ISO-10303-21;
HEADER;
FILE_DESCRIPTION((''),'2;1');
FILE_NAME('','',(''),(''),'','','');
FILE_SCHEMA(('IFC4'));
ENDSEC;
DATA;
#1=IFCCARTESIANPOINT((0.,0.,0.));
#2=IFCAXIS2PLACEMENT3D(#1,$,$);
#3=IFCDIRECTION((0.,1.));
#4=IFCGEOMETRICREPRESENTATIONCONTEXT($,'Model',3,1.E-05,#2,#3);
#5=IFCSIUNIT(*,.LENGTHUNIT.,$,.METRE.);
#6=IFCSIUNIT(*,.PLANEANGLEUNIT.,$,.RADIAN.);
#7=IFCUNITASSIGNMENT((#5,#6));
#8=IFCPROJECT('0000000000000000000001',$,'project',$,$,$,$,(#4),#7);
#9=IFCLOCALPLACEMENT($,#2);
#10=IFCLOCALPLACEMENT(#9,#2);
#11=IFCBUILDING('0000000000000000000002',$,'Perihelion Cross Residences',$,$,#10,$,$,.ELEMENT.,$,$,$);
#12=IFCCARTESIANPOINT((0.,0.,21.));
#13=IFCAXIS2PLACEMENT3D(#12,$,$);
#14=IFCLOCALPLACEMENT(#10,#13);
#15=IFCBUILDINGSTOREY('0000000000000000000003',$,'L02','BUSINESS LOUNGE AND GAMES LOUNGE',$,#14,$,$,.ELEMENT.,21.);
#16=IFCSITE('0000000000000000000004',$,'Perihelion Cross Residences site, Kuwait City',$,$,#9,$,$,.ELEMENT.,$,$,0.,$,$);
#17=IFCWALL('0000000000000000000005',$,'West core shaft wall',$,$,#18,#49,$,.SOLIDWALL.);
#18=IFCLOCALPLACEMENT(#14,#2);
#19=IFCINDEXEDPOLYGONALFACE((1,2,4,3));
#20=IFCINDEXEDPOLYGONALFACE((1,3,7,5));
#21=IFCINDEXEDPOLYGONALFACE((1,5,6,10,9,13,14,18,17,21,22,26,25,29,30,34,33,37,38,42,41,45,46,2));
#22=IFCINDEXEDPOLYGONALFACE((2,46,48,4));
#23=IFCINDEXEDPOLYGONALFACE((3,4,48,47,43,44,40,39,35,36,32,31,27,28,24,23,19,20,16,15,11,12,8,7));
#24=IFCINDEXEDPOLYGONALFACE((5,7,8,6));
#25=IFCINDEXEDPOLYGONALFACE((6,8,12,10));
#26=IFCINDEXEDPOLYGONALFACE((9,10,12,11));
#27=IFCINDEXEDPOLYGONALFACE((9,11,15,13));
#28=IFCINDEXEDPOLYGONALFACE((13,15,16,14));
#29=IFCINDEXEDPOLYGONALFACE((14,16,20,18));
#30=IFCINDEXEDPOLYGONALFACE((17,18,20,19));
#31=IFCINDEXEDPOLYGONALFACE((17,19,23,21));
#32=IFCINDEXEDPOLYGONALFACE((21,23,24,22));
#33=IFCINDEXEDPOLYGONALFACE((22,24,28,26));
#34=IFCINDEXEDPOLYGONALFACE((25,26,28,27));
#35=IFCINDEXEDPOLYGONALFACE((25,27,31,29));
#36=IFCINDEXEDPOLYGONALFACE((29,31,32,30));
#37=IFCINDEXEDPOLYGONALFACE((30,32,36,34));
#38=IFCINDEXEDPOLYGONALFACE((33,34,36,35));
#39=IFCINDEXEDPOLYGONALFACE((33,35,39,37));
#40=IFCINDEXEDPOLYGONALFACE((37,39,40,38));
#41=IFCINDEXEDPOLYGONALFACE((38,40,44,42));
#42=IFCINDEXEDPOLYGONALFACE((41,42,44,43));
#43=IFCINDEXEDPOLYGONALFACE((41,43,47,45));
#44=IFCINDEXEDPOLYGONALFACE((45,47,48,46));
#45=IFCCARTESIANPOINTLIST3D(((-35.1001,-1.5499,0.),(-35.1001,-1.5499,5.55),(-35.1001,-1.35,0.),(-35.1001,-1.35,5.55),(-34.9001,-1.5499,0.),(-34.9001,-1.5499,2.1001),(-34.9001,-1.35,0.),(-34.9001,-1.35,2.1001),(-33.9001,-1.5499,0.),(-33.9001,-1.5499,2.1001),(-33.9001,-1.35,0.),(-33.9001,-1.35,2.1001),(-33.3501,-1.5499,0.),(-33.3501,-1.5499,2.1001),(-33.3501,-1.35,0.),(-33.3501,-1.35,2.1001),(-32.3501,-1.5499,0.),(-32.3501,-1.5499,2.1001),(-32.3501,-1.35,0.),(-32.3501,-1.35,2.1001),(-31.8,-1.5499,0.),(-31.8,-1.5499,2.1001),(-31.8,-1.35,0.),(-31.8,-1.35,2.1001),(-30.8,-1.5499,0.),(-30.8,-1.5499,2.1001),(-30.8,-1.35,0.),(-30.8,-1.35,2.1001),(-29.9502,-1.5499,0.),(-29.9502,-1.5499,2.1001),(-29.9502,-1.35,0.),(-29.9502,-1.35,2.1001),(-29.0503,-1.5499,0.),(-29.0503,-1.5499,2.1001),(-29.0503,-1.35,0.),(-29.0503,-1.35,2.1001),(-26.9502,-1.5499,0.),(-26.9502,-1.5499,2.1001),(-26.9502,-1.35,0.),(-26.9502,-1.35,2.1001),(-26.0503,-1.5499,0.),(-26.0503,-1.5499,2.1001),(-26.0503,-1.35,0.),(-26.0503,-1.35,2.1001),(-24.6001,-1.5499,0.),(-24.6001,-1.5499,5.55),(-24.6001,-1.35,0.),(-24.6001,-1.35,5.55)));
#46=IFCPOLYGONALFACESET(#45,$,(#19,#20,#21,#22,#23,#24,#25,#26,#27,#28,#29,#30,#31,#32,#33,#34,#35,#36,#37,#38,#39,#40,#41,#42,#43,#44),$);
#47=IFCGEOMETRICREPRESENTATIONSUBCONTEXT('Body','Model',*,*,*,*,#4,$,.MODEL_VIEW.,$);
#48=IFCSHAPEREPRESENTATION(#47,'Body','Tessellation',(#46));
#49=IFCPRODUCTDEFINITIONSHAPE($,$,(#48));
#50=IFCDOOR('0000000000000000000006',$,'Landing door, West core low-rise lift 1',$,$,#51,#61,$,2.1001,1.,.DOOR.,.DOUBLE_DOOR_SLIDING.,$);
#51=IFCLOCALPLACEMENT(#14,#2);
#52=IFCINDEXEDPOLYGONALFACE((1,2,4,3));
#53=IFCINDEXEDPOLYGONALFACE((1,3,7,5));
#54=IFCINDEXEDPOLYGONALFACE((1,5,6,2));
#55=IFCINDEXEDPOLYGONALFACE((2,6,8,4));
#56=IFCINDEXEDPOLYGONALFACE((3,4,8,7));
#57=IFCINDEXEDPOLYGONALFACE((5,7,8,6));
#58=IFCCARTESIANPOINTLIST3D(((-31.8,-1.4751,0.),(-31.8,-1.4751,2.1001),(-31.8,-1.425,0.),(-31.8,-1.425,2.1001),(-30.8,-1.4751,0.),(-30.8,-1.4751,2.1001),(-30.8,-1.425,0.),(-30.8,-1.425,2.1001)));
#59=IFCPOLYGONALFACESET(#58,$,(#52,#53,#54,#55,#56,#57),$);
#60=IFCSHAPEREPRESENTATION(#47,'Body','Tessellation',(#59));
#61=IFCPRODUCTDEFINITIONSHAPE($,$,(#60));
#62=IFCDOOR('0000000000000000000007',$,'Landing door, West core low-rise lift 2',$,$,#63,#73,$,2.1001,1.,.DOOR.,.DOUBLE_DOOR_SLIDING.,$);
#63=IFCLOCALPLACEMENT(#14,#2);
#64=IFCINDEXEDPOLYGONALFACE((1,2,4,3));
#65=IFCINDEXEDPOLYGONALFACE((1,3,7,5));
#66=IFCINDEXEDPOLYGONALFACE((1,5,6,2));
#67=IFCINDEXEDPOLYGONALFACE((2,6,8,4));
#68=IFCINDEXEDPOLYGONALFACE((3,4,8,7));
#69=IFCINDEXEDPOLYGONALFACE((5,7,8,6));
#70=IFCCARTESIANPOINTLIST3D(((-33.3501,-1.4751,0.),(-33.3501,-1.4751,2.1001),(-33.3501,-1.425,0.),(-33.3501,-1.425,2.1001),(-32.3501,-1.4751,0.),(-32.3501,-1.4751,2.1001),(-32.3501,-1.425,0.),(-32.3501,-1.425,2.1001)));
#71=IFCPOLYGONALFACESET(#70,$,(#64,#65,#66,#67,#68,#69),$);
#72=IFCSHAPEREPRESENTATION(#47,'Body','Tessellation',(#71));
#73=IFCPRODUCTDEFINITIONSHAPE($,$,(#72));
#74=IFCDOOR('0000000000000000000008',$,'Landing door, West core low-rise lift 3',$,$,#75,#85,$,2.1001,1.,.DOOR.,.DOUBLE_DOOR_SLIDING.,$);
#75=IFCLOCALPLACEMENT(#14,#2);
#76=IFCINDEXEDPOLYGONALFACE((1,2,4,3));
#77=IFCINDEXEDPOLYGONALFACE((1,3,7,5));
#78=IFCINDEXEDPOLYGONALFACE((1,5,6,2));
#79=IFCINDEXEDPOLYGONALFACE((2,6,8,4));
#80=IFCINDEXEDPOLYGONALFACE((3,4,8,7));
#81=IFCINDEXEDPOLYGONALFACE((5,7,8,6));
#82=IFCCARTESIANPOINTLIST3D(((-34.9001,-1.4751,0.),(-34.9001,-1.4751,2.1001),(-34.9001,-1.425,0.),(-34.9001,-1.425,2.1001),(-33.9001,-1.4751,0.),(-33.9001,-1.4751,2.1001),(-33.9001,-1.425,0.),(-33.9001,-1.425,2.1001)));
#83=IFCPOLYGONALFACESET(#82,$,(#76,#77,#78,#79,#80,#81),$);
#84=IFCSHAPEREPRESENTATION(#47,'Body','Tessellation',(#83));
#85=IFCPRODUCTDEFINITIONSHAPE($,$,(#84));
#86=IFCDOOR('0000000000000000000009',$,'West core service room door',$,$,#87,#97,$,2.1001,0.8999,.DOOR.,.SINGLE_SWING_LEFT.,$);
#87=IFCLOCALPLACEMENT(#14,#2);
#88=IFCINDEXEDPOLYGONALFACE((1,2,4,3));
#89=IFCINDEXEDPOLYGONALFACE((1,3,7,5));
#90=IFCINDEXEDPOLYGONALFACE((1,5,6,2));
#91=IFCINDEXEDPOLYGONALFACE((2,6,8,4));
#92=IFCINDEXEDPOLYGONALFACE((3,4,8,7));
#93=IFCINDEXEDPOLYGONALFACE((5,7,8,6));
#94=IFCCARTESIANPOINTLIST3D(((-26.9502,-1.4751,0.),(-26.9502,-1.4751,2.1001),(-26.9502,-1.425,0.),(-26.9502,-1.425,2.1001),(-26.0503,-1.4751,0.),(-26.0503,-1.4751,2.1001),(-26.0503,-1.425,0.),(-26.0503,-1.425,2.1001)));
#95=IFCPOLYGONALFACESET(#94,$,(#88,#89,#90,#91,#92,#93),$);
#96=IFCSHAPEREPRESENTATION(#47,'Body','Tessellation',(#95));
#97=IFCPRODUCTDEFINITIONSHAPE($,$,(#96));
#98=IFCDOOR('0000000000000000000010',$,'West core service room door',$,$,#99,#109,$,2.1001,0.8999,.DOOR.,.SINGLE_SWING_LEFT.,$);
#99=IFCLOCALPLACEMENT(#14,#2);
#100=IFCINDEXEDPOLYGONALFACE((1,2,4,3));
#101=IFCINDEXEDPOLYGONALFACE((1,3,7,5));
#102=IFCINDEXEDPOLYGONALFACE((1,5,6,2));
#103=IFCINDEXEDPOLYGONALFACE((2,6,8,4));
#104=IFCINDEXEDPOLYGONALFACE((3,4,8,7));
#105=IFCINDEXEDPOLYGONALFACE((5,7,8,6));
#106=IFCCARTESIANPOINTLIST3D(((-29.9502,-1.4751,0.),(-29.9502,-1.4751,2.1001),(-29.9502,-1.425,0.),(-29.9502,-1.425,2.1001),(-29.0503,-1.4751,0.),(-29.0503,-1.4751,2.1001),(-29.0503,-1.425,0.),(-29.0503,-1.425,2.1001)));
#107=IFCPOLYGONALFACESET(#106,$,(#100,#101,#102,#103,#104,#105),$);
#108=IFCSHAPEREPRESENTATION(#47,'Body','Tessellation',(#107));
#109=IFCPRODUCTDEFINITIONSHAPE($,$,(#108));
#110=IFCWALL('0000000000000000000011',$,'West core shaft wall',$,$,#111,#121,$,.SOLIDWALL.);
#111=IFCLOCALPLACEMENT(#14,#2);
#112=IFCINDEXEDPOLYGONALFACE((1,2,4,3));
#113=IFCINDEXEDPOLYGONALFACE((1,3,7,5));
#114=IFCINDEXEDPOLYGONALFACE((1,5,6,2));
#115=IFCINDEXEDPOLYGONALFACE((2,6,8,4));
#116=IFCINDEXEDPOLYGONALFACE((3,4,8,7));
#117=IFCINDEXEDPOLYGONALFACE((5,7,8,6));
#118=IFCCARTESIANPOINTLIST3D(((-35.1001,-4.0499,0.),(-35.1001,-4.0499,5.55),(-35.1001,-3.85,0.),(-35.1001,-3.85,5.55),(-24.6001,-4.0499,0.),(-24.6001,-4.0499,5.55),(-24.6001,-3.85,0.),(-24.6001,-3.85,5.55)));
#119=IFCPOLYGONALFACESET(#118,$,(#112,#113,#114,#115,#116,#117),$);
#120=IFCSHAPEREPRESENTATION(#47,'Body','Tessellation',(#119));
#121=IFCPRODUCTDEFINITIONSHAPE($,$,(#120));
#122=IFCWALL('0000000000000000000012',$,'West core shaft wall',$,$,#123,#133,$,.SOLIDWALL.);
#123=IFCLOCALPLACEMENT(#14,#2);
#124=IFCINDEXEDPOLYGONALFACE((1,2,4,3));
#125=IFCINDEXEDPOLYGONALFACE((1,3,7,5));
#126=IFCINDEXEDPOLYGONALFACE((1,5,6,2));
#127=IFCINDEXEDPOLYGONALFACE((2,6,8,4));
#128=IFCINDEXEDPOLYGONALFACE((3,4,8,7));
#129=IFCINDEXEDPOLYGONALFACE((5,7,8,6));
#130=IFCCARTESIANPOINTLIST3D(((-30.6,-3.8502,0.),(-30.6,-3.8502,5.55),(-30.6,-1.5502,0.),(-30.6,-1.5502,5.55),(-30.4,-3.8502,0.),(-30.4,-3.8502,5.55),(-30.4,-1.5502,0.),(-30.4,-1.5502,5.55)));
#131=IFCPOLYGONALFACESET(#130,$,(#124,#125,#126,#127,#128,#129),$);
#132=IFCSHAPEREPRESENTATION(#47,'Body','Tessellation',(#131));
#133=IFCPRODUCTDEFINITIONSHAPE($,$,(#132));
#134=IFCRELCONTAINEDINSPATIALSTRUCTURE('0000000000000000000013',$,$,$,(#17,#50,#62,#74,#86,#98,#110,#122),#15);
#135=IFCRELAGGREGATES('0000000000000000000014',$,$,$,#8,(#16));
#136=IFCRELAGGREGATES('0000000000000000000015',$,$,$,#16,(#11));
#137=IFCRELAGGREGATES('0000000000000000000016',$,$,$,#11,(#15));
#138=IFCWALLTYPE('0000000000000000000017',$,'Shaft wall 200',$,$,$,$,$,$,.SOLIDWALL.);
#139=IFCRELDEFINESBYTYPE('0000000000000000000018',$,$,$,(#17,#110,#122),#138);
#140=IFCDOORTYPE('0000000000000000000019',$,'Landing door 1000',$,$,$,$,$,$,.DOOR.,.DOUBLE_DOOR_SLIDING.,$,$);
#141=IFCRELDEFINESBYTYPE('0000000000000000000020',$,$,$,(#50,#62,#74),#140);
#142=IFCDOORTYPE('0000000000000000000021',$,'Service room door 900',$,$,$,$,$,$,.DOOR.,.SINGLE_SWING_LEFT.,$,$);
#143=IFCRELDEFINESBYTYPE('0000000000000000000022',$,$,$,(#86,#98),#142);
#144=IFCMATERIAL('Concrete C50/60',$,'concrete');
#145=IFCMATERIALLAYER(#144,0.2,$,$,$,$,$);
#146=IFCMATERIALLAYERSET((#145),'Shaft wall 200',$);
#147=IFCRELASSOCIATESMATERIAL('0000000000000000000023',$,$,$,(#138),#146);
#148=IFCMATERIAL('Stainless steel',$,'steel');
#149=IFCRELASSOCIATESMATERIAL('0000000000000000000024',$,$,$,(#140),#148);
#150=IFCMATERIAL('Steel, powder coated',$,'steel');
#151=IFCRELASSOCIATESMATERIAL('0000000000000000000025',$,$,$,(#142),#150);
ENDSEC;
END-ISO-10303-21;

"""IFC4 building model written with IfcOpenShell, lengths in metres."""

from ifc_helpers import new_model, si_unit, direction, frame, frame_2d, origin, place, context, subcontext, project, spatial, rectangle, extrude, material, layer, layer_set, type_object, element, fill, save


model = new_model("IFC4")

# Units and contexts
model_context = context("Model", 3, precision=1e-05, world=origin(), true_north=direction((0.0, 1.0)))
body_context = subcontext(model_context, "Body", "Model", "MODEL_VIEW")
ifc_project = project(units=[si_unit("LENGTHUNIT", "METRE"), si_unit("PLANEANGLEUNIT", "RADIAN")], contexts=[model_context])

# Site, building, storey
site_placement = place(None, origin())
site = spatial("IfcSite", under=ifc_project, at=site_placement, Name="Perihelion Cross Residences site, Kuwait City", CompositionType="ELEMENT", RefElevation=0.0)
building_placement = place(site_placement, origin())
building = spatial("IfcBuilding", under=site, at=building_placement, Name="Perihelion Cross Residences", CompositionType="ELEMENT")
storey_placement = place(building_placement, frame((0.0, 0.0, 21.0)))
storey = spatial("IfcBuildingStorey", under=building, at=storey_placement, Name="L02", Description="BUSINESS LOUNGE AND GAMES LOUNGE", CompositionType="ELEMENT", Elevation=21.0)

# Wall, openings, doors
ifc_material_1 = material(Name="Concrete C50/60", Category="concrete")
ifc_layer_1 = layer(ifc_material_1, 0.2)
ifc_layer_set_1 = layer_set([ifc_layer_1], Name="Shaft wall 200")
wall_type_1 = type_object("IfcWallType", Name="Shaft wall 200", PredefinedType="SOLIDWALL", material=ifc_layer_set_1)
wall_1_placement = place(storey_placement, frame((-35.1001, -1.45, 0.0), z_axis=(0.0, 0.0, 1.0), x_axis=(1.0, 0.0, 0.0)))
wall_1 = element("IfcWall", 1, at=wall_1_placement, inside=storey, type_object=wall_type_1, Name="West core shaft wall", PredefinedType="SOLIDWALL", context=body_context, shape_type="SweptSolid", body=[
    extrude(rectangle(XDim=10.5, YDim=0.2, at=frame_2d((5.25, 0.0))), origin(), (0.0, 0.0, 1.0), 5.55),
])
opening_1_placement = place(wall_1_placement, frame((3.3, 0.0, 0.0)))
opening_1 = element("IfcOpeningElement", 2, at=opening_1_placement, cuts=wall_1, PredefinedType="OPENING", context=body_context, shape_type="SweptSolid", body=[
    extrude(rectangle(XDim=1.0, YDim=2.1001, at=frame_2d((0.5, 1.05))), frame((0.0, 0.1099, 0.0), z_axis=(0.0, -1.0, 0.0), x_axis=(1.0, 0.0, 0.0)), (0.0, 0.0, 1.0), 0.22),
])
opening_2_placement = place(wall_1_placement, frame((1.75, 0.0, 0.0)))
opening_2 = element("IfcOpeningElement", 3, at=opening_2_placement, cuts=wall_1, PredefinedType="OPENING", context=body_context, shape_type="SweptSolid", body=[
    extrude(rectangle(XDim=1.0, YDim=2.1001, at=frame_2d((0.5, 1.05))), frame((0.0, 0.1099, 0.0), z_axis=(0.0, -1.0, 0.0), x_axis=(1.0, 0.0, 0.0)), (0.0, 0.0, 1.0), 0.22),
])
opening_3_placement = place(wall_1_placement, frame((0.2, 0.0, 0.0)))
opening_3 = element("IfcOpeningElement", 4, at=opening_3_placement, cuts=wall_1, PredefinedType="OPENING", context=body_context, shape_type="SweptSolid", body=[
    extrude(rectangle(XDim=1.0, YDim=2.1001, at=frame_2d((0.5, 1.05))), frame((0.0, 0.1099, 0.0), z_axis=(0.0, -1.0, 0.0), x_axis=(1.0, 0.0, 0.0)), (0.0, 0.0, 1.0), 0.22),
])
opening_4_placement = place(wall_1_placement, frame((8.1499, 0.0, 0.0)))
opening_4 = element("IfcOpeningElement", 5, at=opening_4_placement, cuts=wall_1, PredefinedType="OPENING", context=body_context, shape_type="SweptSolid", body=[
    extrude(rectangle(XDim=0.8999, YDim=2.1001, at=frame_2d((0.45, 1.05))), frame((0.0, 0.1099, 0.0), z_axis=(0.0, -1.0, 0.0), x_axis=(1.0, 0.0, 0.0)), (0.0, 0.0, 1.0), 0.22),
])
opening_5_placement = place(wall_1_placement, frame((5.1499, 0.0, 0.0)))
opening_5 = element("IfcOpeningElement", 6, at=opening_5_placement, cuts=wall_1, PredefinedType="OPENING", context=body_context, shape_type="SweptSolid", body=[
    extrude(rectangle(XDim=0.8999, YDim=2.1001, at=frame_2d((0.45, 1.05))), frame((0.0, 0.1099, 0.0), z_axis=(0.0, -1.0, 0.0), x_axis=(1.0, 0.0, 0.0)), (0.0, 0.0, 1.0), 0.22),
])
ifc_material_2 = material(Name="Stainless steel", Category="steel")
door_type_1 = type_object("IfcDoorType", Name="Landing door 1000", OperationType="DOUBLE_DOOR_SLIDING", PredefinedType="DOOR", material=ifc_material_2)
door_1_placement = place(opening_1_placement, origin())
door_1 = element("IfcDoor", 7, at=door_1_placement, inside=storey, type_object=door_type_1, Name="Landing door, West core low-rise lift 1", OperationType="DOUBLE_DOOR_SLIDING", OverallHeight=2.1001, OverallWidth=1.0, PredefinedType="DOOR", context=body_context, shape_type="SweptSolid", body=[
    extrude(rectangle(XDim=1.0, YDim=2.1001, at=frame_2d((0.5, 1.05))), frame((0.0, 0.0249, 0.0), z_axis=(0.0, -1.0, 0.0), x_axis=(1.0, 0.0, 0.0)), (0.0, 0.0, 1.0), 0.05),
])
fill(opening_1, door_1)
door_2_placement = place(opening_2_placement, origin())
door_2 = element("IfcDoor", 8, at=door_2_placement, inside=storey, type_object=door_type_1, Name="Landing door, West core low-rise lift 2", OperationType="DOUBLE_DOOR_SLIDING", OverallHeight=2.1001, OverallWidth=1.0, PredefinedType="DOOR", context=body_context, shape_type="SweptSolid", body=[
    extrude(rectangle(XDim=1.0, YDim=2.1001, at=frame_2d((0.5, 1.05))), frame((0.0, 0.0249, 0.0), z_axis=(0.0, -1.0, 0.0), x_axis=(1.0, 0.0, 0.0)), (0.0, 0.0, 1.0), 0.05),
])
fill(opening_2, door_2)
door_3_placement = place(opening_3_placement, origin())
door_3 = element("IfcDoor", 9, at=door_3_placement, inside=storey, type_object=door_type_1, Name="Landing door, West core low-rise lift 3", OperationType="DOUBLE_DOOR_SLIDING", OverallHeight=2.1001, OverallWidth=1.0, PredefinedType="DOOR", context=body_context, shape_type="SweptSolid", body=[
    extrude(rectangle(XDim=1.0, YDim=2.1001, at=frame_2d((0.5, 1.05))), frame((0.0, 0.0249, 0.0), z_axis=(0.0, -1.0, 0.0), x_axis=(1.0, 0.0, 0.0)), (0.0, 0.0, 1.0), 0.05),
])
fill(opening_3, door_3)
ifc_material_3 = material(Name="Steel, powder coated", Category="steel")
door_type_2 = type_object("IfcDoorType", Name="Service room door 900", OperationType="SINGLE_SWING_LEFT", PredefinedType="DOOR", material=ifc_material_3)
door_4_placement = place(opening_4_placement, origin())
door_4 = element("IfcDoor", 10, at=door_4_placement, inside=storey, type_object=door_type_2, Name="West core service room door", OperationType="SINGLE_SWING_LEFT", OverallHeight=2.1001, OverallWidth=0.8999, PredefinedType="DOOR", context=body_context, shape_type="SweptSolid", body=[
    extrude(rectangle(XDim=0.8999, YDim=2.1001, at=frame_2d((0.45, 1.05))), frame((0.0, 0.0249, 0.0), z_axis=(0.0, -1.0, 0.0), x_axis=(1.0, 0.0, 0.0)), (0.0, 0.0, 1.0), 0.05),
])
fill(opening_4, door_4)
door_5_placement = place(opening_5_placement, origin())
door_5 = element("IfcDoor", 11, at=door_5_placement, inside=storey, type_object=door_type_2, Name="West core service room door", OperationType="SINGLE_SWING_LEFT", OverallHeight=2.1001, OverallWidth=0.8999, PredefinedType="DOOR", context=body_context, shape_type="SweptSolid", body=[
    extrude(rectangle(XDim=0.8999, YDim=2.1001, at=frame_2d((0.45, 1.05))), frame((0.0, 0.0249, 0.0), z_axis=(0.0, -1.0, 0.0), x_axis=(1.0, 0.0, 0.0)), (0.0, 0.0, 1.0), 0.05),
])
fill(opening_5, door_5)

# Walls
wall_2_placement = place(storey_placement, frame((-35.1001, -3.95, 0.0), z_axis=(0.0, 0.0, 1.0), x_axis=(1.0, 0.0, 0.0)))
element("IfcWall", 12, at=wall_2_placement, inside=storey, type_object=wall_type_1, Name="West core shaft wall", PredefinedType="SOLIDWALL", context=body_context, shape_type="SweptSolid", body=[
    extrude(rectangle(XDim=10.5, YDim=0.2, at=frame_2d((5.25, 0.0))), origin(), (0.0, 0.0, 1.0), 5.55),
])
wall_3_placement = place(storey_placement, frame((-30.5, -3.8501, 0.0), z_axis=(0.0, 0.0, 1.0), x_axis=(0.0, 1.0, 0.0)))
element("IfcWall", 13, at=wall_3_placement, inside=storey, type_object=wall_type_1, Name="West core shaft wall", PredefinedType="SOLIDWALL", context=body_context, shape_type="SweptSolid", body=[
    extrude(rectangle(XDim=2.3, YDim=0.2, at=frame_2d((1.1499, 0.0))), origin(), (0.0, 0.0, 1.0), 5.55),
])

save(model, "model.ifc")
